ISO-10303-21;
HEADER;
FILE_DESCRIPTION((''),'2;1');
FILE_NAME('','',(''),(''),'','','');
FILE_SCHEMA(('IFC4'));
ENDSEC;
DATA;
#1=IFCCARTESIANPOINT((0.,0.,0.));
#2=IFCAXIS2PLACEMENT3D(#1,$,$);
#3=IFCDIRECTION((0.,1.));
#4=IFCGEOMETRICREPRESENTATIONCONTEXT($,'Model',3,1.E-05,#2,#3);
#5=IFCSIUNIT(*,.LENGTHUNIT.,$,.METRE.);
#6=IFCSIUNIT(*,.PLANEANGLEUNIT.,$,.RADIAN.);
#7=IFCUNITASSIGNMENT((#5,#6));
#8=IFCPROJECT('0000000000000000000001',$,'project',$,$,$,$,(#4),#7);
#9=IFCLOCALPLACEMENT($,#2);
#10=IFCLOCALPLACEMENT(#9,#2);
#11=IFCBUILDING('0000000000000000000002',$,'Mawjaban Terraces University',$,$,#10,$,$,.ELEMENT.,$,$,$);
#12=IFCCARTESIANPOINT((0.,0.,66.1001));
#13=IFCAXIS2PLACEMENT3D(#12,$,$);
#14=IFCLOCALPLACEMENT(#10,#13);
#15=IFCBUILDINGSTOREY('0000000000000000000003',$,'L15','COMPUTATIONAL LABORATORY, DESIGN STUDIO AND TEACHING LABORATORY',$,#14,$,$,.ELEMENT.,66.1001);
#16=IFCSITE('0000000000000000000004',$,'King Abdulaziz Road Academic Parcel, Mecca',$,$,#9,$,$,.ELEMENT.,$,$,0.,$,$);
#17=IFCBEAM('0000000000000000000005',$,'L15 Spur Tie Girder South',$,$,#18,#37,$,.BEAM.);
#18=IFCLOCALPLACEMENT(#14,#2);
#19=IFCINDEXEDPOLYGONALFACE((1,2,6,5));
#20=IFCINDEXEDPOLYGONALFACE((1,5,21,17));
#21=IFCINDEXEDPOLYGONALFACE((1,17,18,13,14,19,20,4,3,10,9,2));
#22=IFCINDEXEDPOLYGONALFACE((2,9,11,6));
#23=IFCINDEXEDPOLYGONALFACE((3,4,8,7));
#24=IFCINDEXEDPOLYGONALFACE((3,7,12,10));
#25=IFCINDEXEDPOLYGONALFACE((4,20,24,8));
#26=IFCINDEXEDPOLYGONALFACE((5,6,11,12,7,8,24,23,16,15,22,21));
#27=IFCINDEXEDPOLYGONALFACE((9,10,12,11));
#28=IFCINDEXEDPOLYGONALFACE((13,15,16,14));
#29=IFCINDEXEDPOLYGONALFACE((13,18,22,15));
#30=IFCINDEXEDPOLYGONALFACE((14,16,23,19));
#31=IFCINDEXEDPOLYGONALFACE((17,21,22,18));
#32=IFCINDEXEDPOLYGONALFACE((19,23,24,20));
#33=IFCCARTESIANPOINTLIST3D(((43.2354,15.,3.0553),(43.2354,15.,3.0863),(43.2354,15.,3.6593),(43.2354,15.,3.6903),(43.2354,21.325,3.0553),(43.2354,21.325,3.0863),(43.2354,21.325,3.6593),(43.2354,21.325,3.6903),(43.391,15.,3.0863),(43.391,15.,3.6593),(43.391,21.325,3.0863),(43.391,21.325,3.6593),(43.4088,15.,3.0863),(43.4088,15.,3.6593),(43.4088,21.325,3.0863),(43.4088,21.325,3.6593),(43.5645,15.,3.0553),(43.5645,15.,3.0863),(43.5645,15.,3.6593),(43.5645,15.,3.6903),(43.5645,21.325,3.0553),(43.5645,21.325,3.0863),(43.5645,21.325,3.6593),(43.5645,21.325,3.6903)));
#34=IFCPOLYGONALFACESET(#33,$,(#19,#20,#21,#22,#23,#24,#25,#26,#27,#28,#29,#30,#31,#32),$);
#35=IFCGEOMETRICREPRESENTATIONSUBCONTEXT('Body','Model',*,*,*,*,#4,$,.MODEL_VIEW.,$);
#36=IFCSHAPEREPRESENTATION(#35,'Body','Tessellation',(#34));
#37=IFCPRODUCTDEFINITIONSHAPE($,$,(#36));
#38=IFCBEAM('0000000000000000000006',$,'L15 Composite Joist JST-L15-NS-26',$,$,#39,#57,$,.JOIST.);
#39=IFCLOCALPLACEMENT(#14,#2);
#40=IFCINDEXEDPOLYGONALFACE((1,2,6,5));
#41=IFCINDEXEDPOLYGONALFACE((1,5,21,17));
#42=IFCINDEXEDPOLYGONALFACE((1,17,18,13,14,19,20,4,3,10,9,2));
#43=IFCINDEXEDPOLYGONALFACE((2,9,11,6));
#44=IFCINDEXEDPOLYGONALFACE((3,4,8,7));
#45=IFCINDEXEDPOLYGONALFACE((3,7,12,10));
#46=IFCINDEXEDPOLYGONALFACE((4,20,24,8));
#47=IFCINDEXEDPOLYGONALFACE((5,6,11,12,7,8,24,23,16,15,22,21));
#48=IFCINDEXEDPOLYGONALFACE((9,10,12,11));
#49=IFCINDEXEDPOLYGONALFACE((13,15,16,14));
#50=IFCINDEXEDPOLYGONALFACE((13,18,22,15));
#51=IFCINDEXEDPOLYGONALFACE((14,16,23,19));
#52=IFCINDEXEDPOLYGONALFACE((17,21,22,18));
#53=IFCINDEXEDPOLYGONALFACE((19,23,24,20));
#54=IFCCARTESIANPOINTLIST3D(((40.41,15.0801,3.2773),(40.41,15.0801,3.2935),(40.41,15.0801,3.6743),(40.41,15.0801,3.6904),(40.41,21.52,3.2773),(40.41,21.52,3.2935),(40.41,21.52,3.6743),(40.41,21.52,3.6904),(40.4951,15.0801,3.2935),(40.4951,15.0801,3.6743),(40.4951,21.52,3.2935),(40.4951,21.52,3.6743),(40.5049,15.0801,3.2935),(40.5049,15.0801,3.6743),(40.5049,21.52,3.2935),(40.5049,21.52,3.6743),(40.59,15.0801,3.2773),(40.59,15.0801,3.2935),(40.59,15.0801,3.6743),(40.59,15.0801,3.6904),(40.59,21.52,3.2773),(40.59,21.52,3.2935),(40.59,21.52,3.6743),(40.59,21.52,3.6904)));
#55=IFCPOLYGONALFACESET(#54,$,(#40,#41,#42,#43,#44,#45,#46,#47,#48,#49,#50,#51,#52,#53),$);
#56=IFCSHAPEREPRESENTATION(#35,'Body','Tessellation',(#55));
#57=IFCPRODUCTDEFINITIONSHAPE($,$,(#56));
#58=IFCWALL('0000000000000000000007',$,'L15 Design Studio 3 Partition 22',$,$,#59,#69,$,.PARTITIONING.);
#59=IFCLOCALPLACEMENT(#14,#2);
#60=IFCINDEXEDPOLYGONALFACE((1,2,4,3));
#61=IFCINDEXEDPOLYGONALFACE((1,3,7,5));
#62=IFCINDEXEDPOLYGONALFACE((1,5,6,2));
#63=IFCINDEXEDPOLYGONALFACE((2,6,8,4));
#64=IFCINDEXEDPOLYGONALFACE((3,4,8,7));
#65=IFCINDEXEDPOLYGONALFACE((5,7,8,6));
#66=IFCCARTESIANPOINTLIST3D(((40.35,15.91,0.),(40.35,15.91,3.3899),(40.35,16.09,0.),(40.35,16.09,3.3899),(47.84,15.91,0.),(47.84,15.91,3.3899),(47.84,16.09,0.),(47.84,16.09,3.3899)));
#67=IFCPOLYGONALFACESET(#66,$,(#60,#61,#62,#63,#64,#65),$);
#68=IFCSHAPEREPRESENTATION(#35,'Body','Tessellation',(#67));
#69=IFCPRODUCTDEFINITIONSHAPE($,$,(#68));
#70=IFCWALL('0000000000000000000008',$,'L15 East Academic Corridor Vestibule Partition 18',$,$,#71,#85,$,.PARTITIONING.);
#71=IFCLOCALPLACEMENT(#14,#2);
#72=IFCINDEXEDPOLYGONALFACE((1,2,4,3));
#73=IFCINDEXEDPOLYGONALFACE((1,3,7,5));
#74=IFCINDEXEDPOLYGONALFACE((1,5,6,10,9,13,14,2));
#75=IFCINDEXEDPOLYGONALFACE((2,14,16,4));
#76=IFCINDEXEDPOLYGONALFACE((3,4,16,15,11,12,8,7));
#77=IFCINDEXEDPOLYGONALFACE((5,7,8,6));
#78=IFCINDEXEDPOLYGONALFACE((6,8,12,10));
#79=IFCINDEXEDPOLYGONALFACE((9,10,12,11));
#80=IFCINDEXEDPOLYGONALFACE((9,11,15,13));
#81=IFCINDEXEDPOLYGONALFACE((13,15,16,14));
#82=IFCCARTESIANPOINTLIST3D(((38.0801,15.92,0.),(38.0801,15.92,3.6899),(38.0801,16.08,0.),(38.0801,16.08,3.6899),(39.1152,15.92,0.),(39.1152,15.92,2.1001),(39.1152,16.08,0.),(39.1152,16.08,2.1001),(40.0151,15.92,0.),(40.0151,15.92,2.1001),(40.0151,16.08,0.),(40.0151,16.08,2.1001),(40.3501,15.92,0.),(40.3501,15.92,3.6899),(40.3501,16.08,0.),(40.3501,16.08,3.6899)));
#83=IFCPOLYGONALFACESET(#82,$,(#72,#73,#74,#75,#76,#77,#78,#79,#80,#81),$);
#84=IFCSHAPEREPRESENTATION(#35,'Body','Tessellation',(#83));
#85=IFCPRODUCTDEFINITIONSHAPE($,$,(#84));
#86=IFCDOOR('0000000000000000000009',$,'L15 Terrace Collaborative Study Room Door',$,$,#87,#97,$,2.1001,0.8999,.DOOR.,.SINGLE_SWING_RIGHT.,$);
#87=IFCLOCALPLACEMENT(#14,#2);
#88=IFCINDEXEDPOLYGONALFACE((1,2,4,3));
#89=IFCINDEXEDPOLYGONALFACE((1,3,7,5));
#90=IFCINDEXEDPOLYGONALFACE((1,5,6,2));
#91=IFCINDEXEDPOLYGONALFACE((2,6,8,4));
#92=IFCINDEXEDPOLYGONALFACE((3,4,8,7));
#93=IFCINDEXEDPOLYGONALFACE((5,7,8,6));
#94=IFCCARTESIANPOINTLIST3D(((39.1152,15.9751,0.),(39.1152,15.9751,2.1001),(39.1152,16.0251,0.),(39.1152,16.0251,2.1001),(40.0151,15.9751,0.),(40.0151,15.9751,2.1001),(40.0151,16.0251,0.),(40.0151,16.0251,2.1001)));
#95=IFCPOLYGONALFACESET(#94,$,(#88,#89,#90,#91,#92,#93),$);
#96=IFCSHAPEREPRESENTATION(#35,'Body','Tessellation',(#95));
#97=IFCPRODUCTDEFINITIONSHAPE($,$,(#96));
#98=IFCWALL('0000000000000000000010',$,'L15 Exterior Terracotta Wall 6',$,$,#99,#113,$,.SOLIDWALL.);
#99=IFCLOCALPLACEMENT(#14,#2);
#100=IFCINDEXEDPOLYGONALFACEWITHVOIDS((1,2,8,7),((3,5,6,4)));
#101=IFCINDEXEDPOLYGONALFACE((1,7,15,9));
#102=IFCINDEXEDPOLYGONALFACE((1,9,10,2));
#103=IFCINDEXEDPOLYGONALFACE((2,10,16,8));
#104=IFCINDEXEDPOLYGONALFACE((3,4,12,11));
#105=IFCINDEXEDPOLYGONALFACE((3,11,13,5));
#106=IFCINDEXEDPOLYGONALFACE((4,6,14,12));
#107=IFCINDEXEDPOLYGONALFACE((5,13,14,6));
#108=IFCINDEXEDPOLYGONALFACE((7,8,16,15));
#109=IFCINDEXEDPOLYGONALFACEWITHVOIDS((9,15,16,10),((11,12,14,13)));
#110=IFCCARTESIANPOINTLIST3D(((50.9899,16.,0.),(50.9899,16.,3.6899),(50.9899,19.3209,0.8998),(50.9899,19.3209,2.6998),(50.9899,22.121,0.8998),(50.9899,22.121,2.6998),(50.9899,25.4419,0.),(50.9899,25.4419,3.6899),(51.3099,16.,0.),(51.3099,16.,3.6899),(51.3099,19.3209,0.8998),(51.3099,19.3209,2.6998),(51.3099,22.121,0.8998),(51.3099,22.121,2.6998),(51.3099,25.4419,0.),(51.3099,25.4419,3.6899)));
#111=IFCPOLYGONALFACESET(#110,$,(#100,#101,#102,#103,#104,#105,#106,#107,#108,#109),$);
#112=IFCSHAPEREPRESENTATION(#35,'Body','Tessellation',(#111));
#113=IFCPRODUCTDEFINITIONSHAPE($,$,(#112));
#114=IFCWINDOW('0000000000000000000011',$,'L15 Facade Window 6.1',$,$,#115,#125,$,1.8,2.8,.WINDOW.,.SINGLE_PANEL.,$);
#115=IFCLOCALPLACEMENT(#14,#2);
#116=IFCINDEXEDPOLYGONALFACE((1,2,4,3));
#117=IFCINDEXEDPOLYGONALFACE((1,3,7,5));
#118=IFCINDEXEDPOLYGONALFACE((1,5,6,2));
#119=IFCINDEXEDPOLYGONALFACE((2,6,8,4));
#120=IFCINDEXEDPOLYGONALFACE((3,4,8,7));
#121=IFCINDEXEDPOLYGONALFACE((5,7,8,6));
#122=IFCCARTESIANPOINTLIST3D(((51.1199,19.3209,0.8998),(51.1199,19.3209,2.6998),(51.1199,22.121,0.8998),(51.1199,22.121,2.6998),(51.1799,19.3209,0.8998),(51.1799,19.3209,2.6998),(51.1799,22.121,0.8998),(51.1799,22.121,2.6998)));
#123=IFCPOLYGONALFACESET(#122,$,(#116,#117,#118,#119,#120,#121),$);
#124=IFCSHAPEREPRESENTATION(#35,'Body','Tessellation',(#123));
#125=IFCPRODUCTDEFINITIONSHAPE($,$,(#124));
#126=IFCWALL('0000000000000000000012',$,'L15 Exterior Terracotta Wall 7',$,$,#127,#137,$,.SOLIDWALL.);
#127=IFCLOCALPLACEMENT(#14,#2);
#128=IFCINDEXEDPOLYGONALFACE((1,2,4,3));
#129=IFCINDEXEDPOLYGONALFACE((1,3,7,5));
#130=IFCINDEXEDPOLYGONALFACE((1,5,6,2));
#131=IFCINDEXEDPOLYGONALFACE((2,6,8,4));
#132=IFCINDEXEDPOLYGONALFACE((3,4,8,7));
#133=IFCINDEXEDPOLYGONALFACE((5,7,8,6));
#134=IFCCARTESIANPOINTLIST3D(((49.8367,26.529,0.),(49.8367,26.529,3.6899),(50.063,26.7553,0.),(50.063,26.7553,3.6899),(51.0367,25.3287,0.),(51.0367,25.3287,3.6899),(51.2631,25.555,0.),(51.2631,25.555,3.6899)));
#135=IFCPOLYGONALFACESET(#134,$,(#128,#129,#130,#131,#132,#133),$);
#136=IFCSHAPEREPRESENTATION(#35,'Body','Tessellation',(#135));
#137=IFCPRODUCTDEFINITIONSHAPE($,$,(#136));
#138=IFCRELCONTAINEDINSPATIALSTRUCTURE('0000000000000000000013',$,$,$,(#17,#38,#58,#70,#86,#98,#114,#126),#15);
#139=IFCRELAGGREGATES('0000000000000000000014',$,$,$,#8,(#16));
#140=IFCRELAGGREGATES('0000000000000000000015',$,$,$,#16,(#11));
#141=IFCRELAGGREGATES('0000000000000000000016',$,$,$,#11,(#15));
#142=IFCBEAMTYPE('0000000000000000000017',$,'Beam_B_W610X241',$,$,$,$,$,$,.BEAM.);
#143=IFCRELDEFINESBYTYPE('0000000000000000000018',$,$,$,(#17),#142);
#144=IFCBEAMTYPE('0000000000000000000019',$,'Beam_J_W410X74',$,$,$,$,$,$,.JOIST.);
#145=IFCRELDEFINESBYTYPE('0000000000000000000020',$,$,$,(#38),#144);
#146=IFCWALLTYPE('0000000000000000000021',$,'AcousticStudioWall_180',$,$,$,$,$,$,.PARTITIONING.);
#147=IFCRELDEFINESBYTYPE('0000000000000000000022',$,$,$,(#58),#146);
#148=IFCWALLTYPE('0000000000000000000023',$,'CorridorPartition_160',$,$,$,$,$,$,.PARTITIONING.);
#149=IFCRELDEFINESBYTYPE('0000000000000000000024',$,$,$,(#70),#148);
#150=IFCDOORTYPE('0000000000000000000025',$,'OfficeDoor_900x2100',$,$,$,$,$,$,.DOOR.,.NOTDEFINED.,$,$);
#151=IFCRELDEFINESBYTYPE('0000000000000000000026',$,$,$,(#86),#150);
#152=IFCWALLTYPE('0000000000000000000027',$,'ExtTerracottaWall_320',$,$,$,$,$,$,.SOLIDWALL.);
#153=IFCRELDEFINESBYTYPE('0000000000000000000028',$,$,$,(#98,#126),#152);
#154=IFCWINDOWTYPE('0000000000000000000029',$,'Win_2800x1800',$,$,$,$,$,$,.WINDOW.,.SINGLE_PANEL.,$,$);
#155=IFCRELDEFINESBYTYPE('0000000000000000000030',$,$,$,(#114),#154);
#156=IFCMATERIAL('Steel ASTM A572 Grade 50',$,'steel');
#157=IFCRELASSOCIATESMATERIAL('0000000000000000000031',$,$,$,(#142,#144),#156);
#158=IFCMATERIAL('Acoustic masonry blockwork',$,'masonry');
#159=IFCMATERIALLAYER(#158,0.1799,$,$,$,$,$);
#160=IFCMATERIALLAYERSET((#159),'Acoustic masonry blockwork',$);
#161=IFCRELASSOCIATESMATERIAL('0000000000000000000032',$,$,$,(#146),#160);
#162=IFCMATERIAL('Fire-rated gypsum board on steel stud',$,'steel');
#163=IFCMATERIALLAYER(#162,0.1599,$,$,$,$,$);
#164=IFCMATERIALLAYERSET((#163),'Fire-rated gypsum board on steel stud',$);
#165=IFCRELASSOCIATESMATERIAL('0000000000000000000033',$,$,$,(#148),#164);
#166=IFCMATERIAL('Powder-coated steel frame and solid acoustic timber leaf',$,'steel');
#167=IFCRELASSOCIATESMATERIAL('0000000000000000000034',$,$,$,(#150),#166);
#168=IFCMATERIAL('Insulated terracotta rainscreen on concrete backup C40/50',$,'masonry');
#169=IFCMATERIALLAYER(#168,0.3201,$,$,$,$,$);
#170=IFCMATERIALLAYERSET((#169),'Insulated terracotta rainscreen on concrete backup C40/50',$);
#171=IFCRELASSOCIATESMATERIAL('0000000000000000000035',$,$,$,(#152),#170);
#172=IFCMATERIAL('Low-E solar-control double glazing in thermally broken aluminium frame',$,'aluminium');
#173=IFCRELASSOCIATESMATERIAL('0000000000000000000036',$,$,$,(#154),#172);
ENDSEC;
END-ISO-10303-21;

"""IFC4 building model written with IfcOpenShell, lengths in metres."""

from ifc_helpers import new_model, si_unit, direction, frame, frame_2d, origin, origin_2d, place, context, subcontext, project, spatial, rectangle, i_section, extrude, material, layer, layer_set, material_profile, profile_set, type_object, element, fill, save


model = new_model("IFC4")

# Units and contexts
model_context = context("Model", 3, precision=1e-05, world=origin(), true_north=direction((0.0, 1.0)))
body_context = subcontext(model_context, "Body", "Model", "MODEL_VIEW")
ifc_project = project(units=[si_unit("LENGTHUNIT", "METRE"), si_unit("PLANEANGLEUNIT", "RADIAN")], contexts=[model_context])

# Site, building, storey
site_placement = place(None, origin())
site = spatial("IfcSite", under=ifc_project, at=site_placement, Name="King Abdulaziz Road Academic Parcel, Mecca", CompositionType="ELEMENT", RefElevation=0.0)
building_placement = place(site_placement, origin())
building = spatial("IfcBuilding", under=site, at=building_placement, Name="Mawjaban Terraces University", CompositionType="ELEMENT")
storey_placement = place(building_placement, frame((0.0, 0.0, 66.1001)))
storey = spatial("IfcBuildingStorey", under=building, at=storey_placement, Name="L15", Description="COMPUTATIONAL LABORATORY, DESIGN STUDIO AND TEACHING LABORATORY", CompositionType="ELEMENT", Elevation=66.1001)

# Beams
ifc_material_1 = material(Name="Steel ASTM A572 Grade 50", Category="steel")
ifc_material_profile_1 = material_profile(ifc_material_1, i_section(OverallWidth=0.3291, OverallDepth=0.635, WebThickness=0.0178, FlangeThickness=0.031, at=origin_2d()), Name="W610X241")
ifc_profile_set_1 = profile_set([ifc_material_profile_1], Name="Steel ASTM A572 Grade 50")
beam_type_1 = type_object("IfcBeamType", Name="Beam_B_W610X241", PredefinedType="BEAM", material=ifc_profile_set_1)
beam_1_placement = place(storey_placement, frame((43.3999, 15.0, 3.3728), z_axis=(0.0, 1.0, 0.0), x_axis=(-1.0, 0.0, 0.0)))
element("IfcBeam", 1, at=beam_1_placement, inside=storey, type_object=beam_type_1, Name="L15 Spur Tie Girder South", PredefinedType="BEAM", context=body_context, shape_type="SweptSolid", body=[
    extrude(i_section(OverallWidth=0.3291, OverallDepth=0.635, WebThickness=0.0178, FlangeThickness=0.031, at=origin_2d()), origin(), (0.0, 0.0, 1.0), 6.325),
])
ifc_material_profile_2 = material_profile(ifc_material_1, i_section(OverallWidth=0.1799, OverallDepth=0.4131, WebThickness=0.0098, FlangeThickness=0.0161, at=origin_2d()), Name="W410X74")
ifc_profile_set_2 = profile_set([ifc_material_profile_2], Name="Steel ASTM A572 Grade 50")
beam_type_2 = type_object("IfcBeamType", Name="Beam_J_W410X74", PredefinedType="JOIST", material=ifc_profile_set_2)
beam_2_placement = place(storey_placement, frame((40.5, 15.0801, 3.4839), z_axis=(0.0, 1.0, 0.0), x_axis=(-1.0, 0.0, 0.0)))
element("IfcBeam", 2, at=beam_2_placement, inside=storey, type_object=beam_type_2, Name="L15 Composite Joist JST-L15-NS-26", PredefinedType="JOIST", context=body_context, shape_type="SweptSolid", body=[
    extrude(i_section(OverallWidth=0.1799, OverallDepth=0.4131, WebThickness=0.0098, FlangeThickness=0.0161, at=origin_2d()), origin(), (0.0, 0.0, 1.0), 6.4399),
])

# Wall
ifc_material_2 = material(Name="Acoustic masonry blockwork", Category="masonry")
ifc_layer_1 = layer(ifc_material_2, 0.1799)
ifc_layer_set_1 = layer_set([ifc_layer_1], Name="Acoustic masonry blockwork")
wall_type_1 = type_object("IfcWallType", Name="AcousticStudioWall_180", PredefinedType="PARTITIONING", material=ifc_layer_set_1)
wall_1_placement = place(storey_placement, frame((47.8401, 16.0, 0.0), z_axis=(0.0, 0.0, 1.0), x_axis=(-1.0, 0.0, 0.0)))
element("IfcWall", 3, at=wall_1_placement, inside=storey, type_object=wall_type_1, Name="L15 Design Studio 3 Partition 22", PredefinedType="PARTITIONING", context=body_context, shape_type="SweptSolid", body=[
    extrude(rectangle(XDim=7.49, YDim=0.1799, at=frame_2d((3.7451, 0.0))), origin(), (0.0, 0.0, 1.0), 3.3899),
])

# Wall, opening, door
ifc_material_3 = material(Name="Fire-rated gypsum board on steel stud", Category="steel")
ifc_layer_2 = layer(ifc_material_3, 0.1599)
ifc_layer_set_2 = layer_set([ifc_layer_2], Name="Fire-rated gypsum board on steel stud")
wall_type_2 = type_object("IfcWallType", Name="CorridorPartition_160", PredefinedType="PARTITIONING", material=ifc_layer_set_2)
wall_2_placement = place(storey_placement, frame((40.3501, 16.0, 0.0), z_axis=(0.0, 0.0, 1.0), x_axis=(-1.0, 0.0, 0.0)))
wall_2 = element("IfcWall", 4, at=wall_2_placement, inside=storey, type_object=wall_type_2, Name="L15 East Academic Corridor Vestibule Partition 18", PredefinedType="PARTITIONING", context=body_context, shape_type="SweptSolid", body=[
    extrude(rectangle(XDim=2.27, YDim=0.1599, at=frame_2d((1.135, 0.0))), origin(), (0.0, 0.0, 1.0), 3.6899),
])
opening_1_placement = place(wall_2_placement, frame((0.335, 0.0, 0.0)))
opening_1 = element("IfcOpeningElement", 5, at=opening_1_placement, cuts=wall_2, PredefinedType="OPENING", context=body_context, shape_type="SweptSolid", body=[
    extrude(rectangle(XDim=0.8999, YDim=2.1001, at=frame_2d((0.45, 1.05))), frame((0.0, 0.0898, 0.0), z_axis=(0.0, -1.0, 0.0), x_axis=(1.0, 0.0, 0.0)), (0.0, 0.0, 1.0), 0.1799),
])
ifc_material_4 = material(Name="Powder-coated steel frame and solid acoustic timber leaf", Category="steel")
door_type = type_object("IfcDoorType", Name="OfficeDoor_900x2100", OperationType="NOTDEFINED", PredefinedType="DOOR", material=ifc_material_4)
door_placement = place(opening_1_placement, origin())
door = element("IfcDoor", 6, at=door_placement, inside=storey, type_object=door_type, Name="L15 Terrace Collaborative Study Room Door", OperationType="SINGLE_SWING_RIGHT", OverallHeight=2.1001, OverallWidth=0.8999, PredefinedType="DOOR", context=body_context, shape_type="SweptSolid", body=[
    extrude(rectangle(XDim=0.8999, YDim=2.1001, at=frame_2d((0.45, 1.05))), frame((0.0, 0.0249, 0.0), z_axis=(0.0, -1.0, 0.0), x_axis=(1.0, 0.0, 0.0)), (0.0, 0.0, 1.0), 0.05),
])
fill(opening_1, door)

# Wall, opening, window
ifc_material_5 = material(Name="Insulated terracotta rainscreen on concrete backup C40/50", Category="masonry")
ifc_layer_3 = layer(ifc_material_5, 0.3201)
ifc_layer_set_3 = layer_set([ifc_layer_3], Name="Insulated terracotta rainscreen on concrete backup C40/50")
wall_type_3 = type_object("IfcWallType", Name="ExtTerracottaWall_320", PredefinedType="SOLIDWALL", material=ifc_layer_set_3)
wall_3_placement = place(storey_placement, frame((51.1499, 16.0, 0.0), z_axis=(0.0, 0.0, 1.0), x_axis=(0.0, 1.0, 0.0)))
wall_3 = element("IfcWall", 7, at=wall_3_placement, inside=storey, type_object=wall_type_3, Name="L15 Exterior Terracotta Wall 6", PredefinedType="SOLIDWALL", context=body_context, shape_type="SweptSolid", body=[
    extrude(rectangle(XDim=9.4419, YDim=0.3201, at=frame_2d((4.7209, 0.0))), origin(), (0.0, 0.0, 1.0), 3.6899),
])
opening_2_placement = place(wall_3_placement, frame((3.321, 0.0, 0.8999)))
opening_2 = element("IfcOpeningElement", 8, at=opening_2_placement, cuts=wall_3, PredefinedType="OPENING", context=body_context, shape_type="SweptSolid", body=[
    extrude(rectangle(XDim=2.8, YDim=1.8, at=frame_2d((1.3999, 0.8999))), frame((0.0, 0.1699, 0.0), z_axis=(0.0, -1.0, 0.0), x_axis=(1.0, 0.0, 0.0)), (0.0, 0.0, 1.0), 0.3401),
])
ifc_material_6 = material(Name="Low-E solar-control double glazing in thermally broken aluminium frame", Category="aluminium")
window_type_1 = type_object("IfcWindowType", Name="Win_2800x1800", PartitioningType="SINGLE_PANEL", PredefinedType="WINDOW", material=ifc_material_6)
window_1_placement = place(opening_2_placement, origin())
window_1 = element("IfcWindow", 9, at=window_1_placement, inside=storey, type_object=window_type_1, Name="L15 Facade Window 6.1", OverallHeight=1.8, OverallWidth=2.8, PartitioningType="SINGLE_PANEL", PredefinedType="WINDOW", context=body_context, shape_type="SweptSolid", body=[
    extrude(rectangle(XDim=2.8, YDim=1.8, at=frame_2d((1.3999, 0.8999))), frame((0.0, 0.03, 0.0), z_axis=(0.0, -1.0, 0.0), x_axis=(1.0, 0.0, 0.0)), (0.0, 0.0, 1.0), 0.0601),
])
fill(opening_2, window_1)

# Wall
wall_4_placement = place(storey_placement, frame((51.1499, 25.4419, 0.0), z_axis=(0.0, 0.0, 1.0), x_axis=(-0.707035, 0.707179, 0.0)))
element("IfcWall", 10, at=wall_4_placement, inside=storey, type_object=wall_type_3, Name="L15 Exterior Terracotta Wall 7", PredefinedType="SOLIDWALL", context=body_context, shape_type="SweptSolid", body=[
    extrude(rectangle(XDim=1.6973, YDim=0.3201, at=frame_2d((0.8486, 0.0))), origin(), (0.0, 0.0, 1.0), 3.6899),
])

save(model, "model.ifc")
